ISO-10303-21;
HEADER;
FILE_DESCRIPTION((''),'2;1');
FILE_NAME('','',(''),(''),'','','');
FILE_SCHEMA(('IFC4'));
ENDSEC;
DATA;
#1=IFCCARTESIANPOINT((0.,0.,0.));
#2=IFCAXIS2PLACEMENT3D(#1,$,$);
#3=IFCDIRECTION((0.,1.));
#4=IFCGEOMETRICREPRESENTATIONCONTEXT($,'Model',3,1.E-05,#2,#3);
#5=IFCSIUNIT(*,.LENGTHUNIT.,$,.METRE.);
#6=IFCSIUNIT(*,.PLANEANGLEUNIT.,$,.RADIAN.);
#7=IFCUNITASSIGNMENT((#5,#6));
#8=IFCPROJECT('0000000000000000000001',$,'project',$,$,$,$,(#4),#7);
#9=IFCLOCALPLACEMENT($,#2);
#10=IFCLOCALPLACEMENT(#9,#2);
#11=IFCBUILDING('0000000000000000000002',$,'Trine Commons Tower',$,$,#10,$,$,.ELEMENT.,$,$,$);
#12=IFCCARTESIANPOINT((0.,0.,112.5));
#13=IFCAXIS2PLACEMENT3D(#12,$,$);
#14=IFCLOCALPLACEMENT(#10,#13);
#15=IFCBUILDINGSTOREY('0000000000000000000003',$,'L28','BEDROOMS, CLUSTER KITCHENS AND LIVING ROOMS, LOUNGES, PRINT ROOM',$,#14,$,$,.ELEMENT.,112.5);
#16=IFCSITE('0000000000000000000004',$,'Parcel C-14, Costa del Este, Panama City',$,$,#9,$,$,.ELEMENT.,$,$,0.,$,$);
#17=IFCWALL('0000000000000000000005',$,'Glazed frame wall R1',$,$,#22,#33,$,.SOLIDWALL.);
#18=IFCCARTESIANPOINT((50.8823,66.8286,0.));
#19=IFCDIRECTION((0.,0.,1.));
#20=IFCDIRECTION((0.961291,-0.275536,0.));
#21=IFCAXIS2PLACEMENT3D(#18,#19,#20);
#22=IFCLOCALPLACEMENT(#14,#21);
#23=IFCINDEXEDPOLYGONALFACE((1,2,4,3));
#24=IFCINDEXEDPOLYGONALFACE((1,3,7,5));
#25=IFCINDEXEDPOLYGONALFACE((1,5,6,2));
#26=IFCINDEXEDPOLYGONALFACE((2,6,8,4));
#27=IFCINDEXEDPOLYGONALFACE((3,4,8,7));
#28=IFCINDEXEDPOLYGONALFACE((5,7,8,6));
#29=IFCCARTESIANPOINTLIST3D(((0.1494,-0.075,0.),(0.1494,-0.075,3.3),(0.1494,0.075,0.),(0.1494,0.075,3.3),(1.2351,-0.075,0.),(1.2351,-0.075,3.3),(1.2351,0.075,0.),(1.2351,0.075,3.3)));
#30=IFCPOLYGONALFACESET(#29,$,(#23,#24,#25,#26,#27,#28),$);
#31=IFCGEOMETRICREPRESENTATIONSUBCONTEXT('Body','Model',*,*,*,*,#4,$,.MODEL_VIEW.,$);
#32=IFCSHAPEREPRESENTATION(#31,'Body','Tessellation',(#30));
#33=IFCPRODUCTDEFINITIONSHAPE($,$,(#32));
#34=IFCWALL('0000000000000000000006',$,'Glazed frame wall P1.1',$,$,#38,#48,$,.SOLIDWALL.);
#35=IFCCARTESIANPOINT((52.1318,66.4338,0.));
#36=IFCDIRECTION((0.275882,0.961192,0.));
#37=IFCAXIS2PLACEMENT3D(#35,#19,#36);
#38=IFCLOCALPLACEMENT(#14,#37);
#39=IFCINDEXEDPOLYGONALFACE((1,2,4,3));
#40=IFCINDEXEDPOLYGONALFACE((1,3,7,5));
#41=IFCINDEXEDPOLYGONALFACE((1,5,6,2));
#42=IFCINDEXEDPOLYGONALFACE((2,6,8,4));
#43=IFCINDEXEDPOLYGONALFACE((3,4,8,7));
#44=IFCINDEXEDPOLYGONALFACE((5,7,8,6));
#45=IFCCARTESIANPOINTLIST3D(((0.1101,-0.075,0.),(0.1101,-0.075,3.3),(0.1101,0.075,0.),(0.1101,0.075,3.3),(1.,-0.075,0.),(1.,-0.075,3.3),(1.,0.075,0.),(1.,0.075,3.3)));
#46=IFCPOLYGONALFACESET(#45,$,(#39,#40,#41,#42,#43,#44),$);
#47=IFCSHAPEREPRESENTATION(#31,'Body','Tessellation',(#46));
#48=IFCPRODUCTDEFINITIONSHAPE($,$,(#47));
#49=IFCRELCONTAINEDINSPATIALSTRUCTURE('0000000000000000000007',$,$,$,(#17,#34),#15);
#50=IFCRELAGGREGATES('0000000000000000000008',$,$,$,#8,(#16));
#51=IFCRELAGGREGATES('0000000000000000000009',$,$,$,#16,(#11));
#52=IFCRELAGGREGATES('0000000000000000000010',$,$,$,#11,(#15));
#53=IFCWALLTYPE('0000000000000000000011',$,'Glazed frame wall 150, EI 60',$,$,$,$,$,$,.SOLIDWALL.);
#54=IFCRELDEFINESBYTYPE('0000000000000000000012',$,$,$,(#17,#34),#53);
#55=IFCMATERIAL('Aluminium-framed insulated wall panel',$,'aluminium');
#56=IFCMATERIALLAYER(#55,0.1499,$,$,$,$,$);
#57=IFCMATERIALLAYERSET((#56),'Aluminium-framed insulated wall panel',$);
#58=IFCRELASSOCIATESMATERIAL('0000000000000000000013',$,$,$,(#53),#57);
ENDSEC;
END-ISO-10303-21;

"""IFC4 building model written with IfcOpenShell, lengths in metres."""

from ifc_helpers import new_model, si_unit, direction, frame, origin, place, context, subcontext, project, spatial, polyline, outline, extrude, material, layer, layer_set, type_object, element, save


model = new_model("IFC4")

# Units and contexts
model_context = context("Model", 3, precision=1e-05, world=origin(), true_north=direction((0.0, 1.0)))
body_context = subcontext(model_context, "Body", "Model", "MODEL_VIEW")
ifc_project = project(units=[si_unit("LENGTHUNIT", "METRE"), si_unit("PLANEANGLEUNIT", "RADIAN")], contexts=[model_context])

# Site, building, storey
site_placement = place(None, origin())
site = spatial("IfcSite", under=ifc_project, at=site_placement, Name="Parcel C-14, Costa del Este, Panama City", CompositionType="ELEMENT", RefElevation=0.0)
building_placement = place(site_placement, origin())
building = spatial("IfcBuilding", under=site, at=building_placement, Name="Trine Commons Tower", CompositionType="ELEMENT")
storey_placement = place(building_placement, frame((0.0, 0.0, 112.5)))
storey = spatial("IfcBuildingStorey", under=building, at=storey_placement, Name="L28", Description="BEDROOMS, CLUSTER KITCHENS AND LIVING ROOMS, LOUNGES, PRINT ROOM", CompositionType="ELEMENT", Elevation=112.5)

# Walls
ifc_material_1 = material(Name="Aluminium-framed insulated wall panel", Category="aluminium")
ifc_layer_1 = layer(ifc_material_1, 0.1499)
ifc_layer_set_1 = layer_set([ifc_layer_1], Name="Aluminium-framed insulated wall panel")
wall_type_1 = type_object("IfcWallType", Name="Glazed frame wall 150, EI 60", PredefinedType="SOLIDWALL", material=ifc_layer_set_1)
wall_1_placement = place(storey_placement, frame((50.8823, 66.8286, 0.0), z_axis=(0.0, 0.0, 1.0), x_axis=(0.961291, -0.275536, 0.0)))
element("IfcWall", 1, at=wall_1_placement, inside=storey, type_object=wall_type_1, Name="Glazed frame wall R1", PredefinedType="SOLIDWALL", context=body_context, shape_type="SweptSolid", body=[
    extrude(outline(polyline([(0.1494, 0.075), (0.1494, -0.075), (1.2351, -0.075), (1.2351, 0.075), (0.1494, 0.075)])), origin(), (0.0, 0.0, 1.0), 3.3),
])
wall_2_placement = place(storey_placement, frame((52.1318, 66.4338, 0.0), z_axis=(0.0, 0.0, 1.0), x_axis=(0.275882, 0.961192, 0.0)))
element("IfcWall", 2, at=wall_2_placement, inside=storey, type_object=wall_type_1, Name="Glazed frame wall P1.1", PredefinedType="SOLIDWALL", context=body_context, shape_type="SweptSolid", body=[
    extrude(outline(polyline([(0.1101, -0.075), (1.0, -0.075), (1.0, 0.075), (0.1101, 0.075), (0.1101, -0.075)])), origin(), (0.0, 0.0, 1.0), 3.3),
])

save(model, "model.ifc")
